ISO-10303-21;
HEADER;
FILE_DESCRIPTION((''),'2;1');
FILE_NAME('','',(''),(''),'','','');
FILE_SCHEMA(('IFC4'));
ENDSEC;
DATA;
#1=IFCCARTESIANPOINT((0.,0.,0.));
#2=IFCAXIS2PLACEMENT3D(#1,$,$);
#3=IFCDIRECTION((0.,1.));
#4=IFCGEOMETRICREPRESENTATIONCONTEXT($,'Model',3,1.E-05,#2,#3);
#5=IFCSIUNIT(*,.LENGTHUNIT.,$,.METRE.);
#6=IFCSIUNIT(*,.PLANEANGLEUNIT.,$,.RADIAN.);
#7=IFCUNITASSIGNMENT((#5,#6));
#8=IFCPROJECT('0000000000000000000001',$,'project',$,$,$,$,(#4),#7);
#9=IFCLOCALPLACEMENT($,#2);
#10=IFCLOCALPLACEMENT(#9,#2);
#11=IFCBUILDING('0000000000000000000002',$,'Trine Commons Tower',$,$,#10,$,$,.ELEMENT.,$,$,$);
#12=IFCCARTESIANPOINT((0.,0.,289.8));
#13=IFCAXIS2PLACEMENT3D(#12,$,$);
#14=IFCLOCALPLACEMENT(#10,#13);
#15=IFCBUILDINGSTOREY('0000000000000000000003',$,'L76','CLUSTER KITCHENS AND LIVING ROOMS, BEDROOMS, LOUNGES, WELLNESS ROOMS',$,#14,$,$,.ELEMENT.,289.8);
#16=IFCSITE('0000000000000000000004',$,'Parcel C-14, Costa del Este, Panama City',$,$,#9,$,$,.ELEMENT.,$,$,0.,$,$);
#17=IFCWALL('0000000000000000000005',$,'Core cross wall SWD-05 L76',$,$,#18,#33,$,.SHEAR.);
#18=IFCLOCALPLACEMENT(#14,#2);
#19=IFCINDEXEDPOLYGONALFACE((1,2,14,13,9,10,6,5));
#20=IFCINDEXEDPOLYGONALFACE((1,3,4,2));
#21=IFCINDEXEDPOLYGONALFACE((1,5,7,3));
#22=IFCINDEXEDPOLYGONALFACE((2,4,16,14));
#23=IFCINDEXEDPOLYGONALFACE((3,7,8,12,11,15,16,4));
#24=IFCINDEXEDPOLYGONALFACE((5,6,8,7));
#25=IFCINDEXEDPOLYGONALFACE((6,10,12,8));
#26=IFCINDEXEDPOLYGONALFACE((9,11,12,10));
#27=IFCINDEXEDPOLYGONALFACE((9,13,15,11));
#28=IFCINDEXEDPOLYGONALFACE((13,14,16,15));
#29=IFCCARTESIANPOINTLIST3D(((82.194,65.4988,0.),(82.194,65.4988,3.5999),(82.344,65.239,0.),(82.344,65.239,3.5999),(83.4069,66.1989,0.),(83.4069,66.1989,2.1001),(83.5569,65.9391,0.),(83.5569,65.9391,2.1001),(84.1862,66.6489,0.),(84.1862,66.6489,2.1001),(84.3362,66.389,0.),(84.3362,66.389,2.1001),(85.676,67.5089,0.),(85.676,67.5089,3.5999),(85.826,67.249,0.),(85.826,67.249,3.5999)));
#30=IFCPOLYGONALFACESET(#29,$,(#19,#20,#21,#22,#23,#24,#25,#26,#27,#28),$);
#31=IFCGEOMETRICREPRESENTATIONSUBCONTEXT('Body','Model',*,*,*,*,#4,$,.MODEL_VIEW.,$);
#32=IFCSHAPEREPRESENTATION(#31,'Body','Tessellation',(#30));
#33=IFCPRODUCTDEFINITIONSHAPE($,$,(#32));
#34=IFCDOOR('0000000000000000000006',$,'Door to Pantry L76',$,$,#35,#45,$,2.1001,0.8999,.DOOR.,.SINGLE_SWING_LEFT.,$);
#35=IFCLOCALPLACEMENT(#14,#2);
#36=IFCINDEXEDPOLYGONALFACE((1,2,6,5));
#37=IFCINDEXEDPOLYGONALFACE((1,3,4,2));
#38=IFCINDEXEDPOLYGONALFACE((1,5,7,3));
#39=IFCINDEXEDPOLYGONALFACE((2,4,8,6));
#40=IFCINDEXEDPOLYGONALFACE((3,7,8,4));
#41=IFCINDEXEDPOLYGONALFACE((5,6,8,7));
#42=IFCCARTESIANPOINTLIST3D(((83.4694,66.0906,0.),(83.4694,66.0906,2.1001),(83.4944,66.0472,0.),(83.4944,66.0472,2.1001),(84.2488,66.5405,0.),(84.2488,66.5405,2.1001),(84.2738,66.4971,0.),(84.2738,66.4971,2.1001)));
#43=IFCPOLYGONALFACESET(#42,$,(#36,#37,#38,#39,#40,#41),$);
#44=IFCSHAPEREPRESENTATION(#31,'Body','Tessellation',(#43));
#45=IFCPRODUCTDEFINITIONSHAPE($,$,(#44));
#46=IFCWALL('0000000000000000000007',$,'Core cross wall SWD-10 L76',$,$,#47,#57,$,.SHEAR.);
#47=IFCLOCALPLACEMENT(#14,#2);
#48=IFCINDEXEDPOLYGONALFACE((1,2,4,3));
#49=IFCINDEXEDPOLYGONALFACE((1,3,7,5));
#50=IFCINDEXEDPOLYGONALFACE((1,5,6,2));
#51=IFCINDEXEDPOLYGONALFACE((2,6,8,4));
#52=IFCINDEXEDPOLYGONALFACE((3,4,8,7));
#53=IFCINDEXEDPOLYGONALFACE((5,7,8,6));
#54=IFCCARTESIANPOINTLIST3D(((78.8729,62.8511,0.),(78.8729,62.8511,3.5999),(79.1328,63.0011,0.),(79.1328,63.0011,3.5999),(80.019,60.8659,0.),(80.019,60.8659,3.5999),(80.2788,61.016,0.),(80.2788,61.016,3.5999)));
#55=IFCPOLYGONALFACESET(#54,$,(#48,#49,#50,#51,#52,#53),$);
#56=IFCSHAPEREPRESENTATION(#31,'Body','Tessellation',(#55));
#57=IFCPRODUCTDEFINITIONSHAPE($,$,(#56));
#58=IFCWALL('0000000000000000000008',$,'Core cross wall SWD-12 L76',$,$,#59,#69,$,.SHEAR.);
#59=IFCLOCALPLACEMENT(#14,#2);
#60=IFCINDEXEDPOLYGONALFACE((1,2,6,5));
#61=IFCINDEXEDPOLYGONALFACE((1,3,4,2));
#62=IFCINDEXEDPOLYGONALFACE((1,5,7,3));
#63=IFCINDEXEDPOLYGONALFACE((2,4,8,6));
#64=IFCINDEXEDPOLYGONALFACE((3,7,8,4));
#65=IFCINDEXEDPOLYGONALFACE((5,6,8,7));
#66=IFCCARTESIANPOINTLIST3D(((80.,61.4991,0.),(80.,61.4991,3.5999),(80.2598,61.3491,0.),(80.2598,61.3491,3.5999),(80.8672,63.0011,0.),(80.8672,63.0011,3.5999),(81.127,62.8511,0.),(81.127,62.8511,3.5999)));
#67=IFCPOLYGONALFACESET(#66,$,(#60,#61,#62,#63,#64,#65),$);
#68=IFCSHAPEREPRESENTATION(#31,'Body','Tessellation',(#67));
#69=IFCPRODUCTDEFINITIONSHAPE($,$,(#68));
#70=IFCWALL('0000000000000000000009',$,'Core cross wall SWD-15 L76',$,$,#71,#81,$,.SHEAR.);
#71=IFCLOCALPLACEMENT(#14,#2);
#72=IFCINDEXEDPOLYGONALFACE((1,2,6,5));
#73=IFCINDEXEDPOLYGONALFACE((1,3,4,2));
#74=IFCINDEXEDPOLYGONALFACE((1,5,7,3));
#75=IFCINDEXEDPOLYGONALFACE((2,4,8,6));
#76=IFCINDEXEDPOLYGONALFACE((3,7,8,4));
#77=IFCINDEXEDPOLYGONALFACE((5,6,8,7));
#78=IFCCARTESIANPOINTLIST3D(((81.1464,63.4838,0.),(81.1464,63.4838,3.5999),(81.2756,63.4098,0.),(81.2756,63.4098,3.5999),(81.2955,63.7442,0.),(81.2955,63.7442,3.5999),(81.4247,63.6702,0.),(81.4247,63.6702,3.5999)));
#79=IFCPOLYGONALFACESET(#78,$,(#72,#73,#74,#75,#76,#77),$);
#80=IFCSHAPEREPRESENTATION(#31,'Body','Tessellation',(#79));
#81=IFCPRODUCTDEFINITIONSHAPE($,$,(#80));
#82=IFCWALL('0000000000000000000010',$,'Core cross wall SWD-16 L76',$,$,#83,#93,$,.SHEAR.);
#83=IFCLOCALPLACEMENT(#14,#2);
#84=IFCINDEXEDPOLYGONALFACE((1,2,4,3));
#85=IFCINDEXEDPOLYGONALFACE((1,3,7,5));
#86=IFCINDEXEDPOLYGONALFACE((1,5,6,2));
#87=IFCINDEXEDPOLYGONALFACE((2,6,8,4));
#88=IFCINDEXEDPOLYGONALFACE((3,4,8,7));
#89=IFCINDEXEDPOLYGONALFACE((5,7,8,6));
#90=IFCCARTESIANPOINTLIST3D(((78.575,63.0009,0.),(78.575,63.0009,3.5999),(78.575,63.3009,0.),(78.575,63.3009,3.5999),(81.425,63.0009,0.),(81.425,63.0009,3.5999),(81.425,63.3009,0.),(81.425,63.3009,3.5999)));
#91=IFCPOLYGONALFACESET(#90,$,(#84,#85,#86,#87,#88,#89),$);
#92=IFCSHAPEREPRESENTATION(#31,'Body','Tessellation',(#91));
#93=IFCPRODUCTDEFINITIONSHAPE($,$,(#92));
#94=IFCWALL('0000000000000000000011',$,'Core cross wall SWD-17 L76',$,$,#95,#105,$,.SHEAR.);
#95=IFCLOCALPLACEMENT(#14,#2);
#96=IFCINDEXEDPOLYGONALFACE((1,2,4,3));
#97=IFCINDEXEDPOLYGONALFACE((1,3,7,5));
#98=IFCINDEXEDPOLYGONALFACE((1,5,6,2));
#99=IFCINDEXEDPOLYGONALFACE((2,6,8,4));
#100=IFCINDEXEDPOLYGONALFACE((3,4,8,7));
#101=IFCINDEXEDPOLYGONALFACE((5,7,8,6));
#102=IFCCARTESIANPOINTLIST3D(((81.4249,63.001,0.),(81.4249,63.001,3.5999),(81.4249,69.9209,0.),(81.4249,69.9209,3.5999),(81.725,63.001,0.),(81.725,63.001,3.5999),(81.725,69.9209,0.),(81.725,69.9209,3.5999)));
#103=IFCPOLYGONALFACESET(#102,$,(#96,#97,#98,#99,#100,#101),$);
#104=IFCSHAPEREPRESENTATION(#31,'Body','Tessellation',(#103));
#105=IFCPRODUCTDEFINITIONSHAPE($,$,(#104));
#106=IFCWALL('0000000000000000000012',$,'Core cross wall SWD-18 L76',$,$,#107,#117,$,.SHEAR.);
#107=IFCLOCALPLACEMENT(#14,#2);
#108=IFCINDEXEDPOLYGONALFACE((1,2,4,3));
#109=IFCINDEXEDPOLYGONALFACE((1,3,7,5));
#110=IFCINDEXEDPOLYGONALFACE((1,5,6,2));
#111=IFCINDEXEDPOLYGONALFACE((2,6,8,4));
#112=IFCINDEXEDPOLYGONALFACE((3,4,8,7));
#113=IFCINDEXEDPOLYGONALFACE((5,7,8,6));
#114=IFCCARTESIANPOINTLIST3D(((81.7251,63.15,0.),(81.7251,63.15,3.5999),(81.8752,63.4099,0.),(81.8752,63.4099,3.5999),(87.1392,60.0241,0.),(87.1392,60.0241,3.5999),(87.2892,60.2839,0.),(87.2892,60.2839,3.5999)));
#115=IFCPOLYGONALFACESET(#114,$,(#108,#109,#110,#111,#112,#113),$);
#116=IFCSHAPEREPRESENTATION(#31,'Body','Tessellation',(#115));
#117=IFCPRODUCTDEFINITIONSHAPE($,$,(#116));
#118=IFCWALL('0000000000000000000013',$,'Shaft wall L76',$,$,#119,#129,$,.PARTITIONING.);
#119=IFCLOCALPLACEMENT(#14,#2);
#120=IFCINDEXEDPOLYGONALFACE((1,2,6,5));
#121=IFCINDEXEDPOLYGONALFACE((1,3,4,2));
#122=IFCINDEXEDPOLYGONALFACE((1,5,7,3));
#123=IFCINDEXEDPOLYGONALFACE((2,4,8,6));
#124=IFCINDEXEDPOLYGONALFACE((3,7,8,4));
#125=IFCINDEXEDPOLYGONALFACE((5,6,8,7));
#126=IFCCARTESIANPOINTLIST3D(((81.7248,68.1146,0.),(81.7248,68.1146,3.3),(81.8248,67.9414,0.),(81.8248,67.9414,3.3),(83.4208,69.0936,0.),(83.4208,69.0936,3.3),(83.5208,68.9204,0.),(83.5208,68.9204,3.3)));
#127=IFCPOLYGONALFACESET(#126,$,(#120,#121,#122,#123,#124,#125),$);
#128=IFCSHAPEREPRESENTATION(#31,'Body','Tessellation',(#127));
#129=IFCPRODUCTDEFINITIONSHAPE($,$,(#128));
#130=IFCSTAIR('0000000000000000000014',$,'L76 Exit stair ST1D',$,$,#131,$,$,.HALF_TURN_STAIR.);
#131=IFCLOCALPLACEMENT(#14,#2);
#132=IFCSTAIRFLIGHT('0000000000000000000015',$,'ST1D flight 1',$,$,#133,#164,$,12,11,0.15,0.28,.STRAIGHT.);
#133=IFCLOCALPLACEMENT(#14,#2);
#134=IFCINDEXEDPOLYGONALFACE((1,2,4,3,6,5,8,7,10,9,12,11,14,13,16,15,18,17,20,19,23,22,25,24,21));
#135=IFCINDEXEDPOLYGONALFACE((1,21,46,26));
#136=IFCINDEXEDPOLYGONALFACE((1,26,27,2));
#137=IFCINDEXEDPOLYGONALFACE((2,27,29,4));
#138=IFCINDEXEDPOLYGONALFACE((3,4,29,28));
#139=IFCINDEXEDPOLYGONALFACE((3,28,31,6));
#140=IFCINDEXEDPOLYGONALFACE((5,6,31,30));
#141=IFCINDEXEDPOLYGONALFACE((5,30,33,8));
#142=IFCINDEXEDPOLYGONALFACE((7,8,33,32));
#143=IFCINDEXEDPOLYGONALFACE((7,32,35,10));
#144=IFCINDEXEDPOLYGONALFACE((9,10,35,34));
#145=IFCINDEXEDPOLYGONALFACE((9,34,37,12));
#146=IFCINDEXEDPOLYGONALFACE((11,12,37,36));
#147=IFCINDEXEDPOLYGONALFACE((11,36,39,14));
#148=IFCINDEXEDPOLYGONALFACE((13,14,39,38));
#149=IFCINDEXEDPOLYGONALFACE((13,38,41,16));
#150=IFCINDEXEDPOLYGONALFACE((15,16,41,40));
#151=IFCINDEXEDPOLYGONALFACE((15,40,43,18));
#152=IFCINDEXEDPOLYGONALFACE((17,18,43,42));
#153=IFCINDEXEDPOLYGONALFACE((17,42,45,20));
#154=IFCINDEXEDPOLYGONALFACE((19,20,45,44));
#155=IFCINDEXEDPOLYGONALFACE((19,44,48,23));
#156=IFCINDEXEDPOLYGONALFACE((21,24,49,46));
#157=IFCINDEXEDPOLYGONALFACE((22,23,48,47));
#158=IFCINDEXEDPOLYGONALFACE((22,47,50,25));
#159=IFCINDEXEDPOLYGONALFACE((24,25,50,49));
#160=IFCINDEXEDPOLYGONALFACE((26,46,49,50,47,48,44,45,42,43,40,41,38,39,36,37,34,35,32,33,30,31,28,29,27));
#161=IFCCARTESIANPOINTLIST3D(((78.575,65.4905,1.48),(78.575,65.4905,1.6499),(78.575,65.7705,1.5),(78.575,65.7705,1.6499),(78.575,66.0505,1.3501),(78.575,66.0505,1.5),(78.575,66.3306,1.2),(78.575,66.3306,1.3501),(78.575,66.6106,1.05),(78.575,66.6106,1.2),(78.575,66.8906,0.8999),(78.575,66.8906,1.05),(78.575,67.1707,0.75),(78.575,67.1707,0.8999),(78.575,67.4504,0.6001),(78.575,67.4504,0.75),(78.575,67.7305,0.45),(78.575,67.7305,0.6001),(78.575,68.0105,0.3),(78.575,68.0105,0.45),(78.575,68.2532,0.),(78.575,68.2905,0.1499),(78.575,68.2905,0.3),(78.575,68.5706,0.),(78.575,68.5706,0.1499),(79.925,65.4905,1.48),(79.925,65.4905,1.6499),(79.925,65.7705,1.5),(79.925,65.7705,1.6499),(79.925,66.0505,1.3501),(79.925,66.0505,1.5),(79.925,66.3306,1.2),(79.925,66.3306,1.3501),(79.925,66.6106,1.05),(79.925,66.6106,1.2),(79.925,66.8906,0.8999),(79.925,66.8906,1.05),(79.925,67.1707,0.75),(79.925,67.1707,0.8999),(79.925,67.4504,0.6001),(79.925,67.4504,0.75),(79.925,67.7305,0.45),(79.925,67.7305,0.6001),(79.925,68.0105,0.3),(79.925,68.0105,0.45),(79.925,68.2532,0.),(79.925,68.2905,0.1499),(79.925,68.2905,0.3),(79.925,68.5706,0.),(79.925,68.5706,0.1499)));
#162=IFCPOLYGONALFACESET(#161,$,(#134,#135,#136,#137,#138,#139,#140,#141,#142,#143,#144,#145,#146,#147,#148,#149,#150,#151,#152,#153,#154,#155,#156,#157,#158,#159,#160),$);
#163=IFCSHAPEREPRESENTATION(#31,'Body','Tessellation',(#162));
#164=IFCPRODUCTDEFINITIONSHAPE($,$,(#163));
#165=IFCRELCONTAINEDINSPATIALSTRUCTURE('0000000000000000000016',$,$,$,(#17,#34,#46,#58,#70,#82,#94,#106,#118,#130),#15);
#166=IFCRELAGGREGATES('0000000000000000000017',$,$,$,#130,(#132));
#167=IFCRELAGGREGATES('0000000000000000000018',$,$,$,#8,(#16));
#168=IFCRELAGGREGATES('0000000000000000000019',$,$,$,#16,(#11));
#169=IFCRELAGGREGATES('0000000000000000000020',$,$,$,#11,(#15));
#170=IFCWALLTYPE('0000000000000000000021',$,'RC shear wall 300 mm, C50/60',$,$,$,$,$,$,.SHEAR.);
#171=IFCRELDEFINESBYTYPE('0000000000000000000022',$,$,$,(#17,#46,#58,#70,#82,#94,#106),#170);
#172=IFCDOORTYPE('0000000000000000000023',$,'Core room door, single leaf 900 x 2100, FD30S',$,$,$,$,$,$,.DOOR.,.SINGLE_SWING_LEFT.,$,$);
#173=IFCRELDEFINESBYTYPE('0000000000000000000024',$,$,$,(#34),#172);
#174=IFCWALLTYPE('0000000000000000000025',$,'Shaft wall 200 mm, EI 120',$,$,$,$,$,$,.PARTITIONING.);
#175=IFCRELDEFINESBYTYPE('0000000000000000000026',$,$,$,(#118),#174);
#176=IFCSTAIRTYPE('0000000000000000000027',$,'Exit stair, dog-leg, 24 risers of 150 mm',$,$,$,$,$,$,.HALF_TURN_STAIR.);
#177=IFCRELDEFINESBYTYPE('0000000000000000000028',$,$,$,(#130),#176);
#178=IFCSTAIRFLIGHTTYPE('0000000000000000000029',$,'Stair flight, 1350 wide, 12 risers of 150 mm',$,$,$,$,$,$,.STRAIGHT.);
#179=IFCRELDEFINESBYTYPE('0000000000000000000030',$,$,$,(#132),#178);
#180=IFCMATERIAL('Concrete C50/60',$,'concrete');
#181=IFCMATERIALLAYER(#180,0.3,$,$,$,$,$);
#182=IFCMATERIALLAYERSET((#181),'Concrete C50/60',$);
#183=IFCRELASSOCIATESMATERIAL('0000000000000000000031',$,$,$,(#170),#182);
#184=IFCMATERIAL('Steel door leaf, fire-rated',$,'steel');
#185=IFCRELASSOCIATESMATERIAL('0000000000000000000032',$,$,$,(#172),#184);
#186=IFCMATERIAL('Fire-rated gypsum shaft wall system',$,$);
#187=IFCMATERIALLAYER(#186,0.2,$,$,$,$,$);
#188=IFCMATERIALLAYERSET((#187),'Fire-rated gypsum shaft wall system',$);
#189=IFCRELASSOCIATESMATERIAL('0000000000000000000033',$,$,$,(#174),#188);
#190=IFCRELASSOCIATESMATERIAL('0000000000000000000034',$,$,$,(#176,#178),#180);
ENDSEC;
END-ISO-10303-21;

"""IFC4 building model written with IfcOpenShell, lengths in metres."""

from ifc_helpers import new_model, si_unit, direction, frame, frame_2d, origin, place, context, subcontext, project, spatial, polyline, rectangle, outline, extrude, material, layer, layer_set, type_object, element, fill, aggregate, save


model = new_model("IFC4")

# Units and contexts
model_context = context("Model", 3, precision=1e-05, world=origin(), true_north=direction((0.0, 1.0)))
body_context = subcontext(model_context, "Body", "Model", "MODEL_VIEW")
ifc_project = project(units=[si_unit("LENGTHUNIT", "METRE"), si_unit("PLANEANGLEUNIT", "RADIAN")], contexts=[model_context])

# Site, building, storey
site_placement = place(None, origin())
site = spatial("IfcSite", under=ifc_project, at=site_placement, Name="Parcel C-14, Costa del Este, Panama City", CompositionType="ELEMENT", RefElevation=0.0)
building_placement = place(site_placement, origin())
building = spatial("IfcBuilding", under=site, at=building_placement, Name="Trine Commons Tower", CompositionType="ELEMENT")
storey_placement = place(building_placement, frame((0.0, 0.0, 289.8)))
storey = spatial("IfcBuildingStorey", under=building, at=storey_placement, Name="L76", Description="CLUSTER KITCHENS AND LIVING ROOMS, BEDROOMS, LOUNGES, WELLNESS ROOMS", CompositionType="ELEMENT", Elevation=289.8)

# Wall, opening, door
ifc_material_1 = material(Name="Concrete C50/60", Category="concrete")
ifc_layer_1 = layer(ifc_material_1, 0.3)
ifc_layer_set_1 = layer_set([ifc_layer_1], Name="Concrete C50/60")
wall_type_1 = type_object("IfcWallType", Name="RC shear wall 300 mm, C50/60", PredefinedType="SHEAR", material=ifc_layer_set_1)
wall_1_placement = place(storey_placement, frame((82.269, 65.3689, 0.0), z_axis=(0.0, 0.0, 1.0), x_axis=(0.866056, 0.499947, 0.0)))
wall_1 = element("IfcWall", 1, at=wall_1_placement, inside=storey, type_object=wall_type_1, Name="Core cross wall SWD-05 L76", PredefinedType="SHEAR", context=body_context, shape_type="SweptSolid", body=[
    extrude(rectangle(XDim=4.0205, YDim=0.3, at=frame_2d((2.0103, 0.0))), origin(), (0.0, 0.0, 1.0), 3.5999),
])
opening_placement = place(wall_1_placement, frame((1.4004, 0.0, 0.0)))
opening = element("IfcOpeningElement", 2, at=opening_placement, cuts=wall_1, PredefinedType="OPENING", context=body_context, shape_type="SweptSolid", body=[
    extrude(rectangle(XDim=0.8999, YDim=2.1001, at=frame_2d((0.45, 1.05))), frame((0.0, 0.1599, 0.0), z_axis=(0.0, -1.0, 0.0), x_axis=(1.0, 0.0, 0.0)), (0.0, 0.0, 1.0), 0.3201),
])
ifc_material_2 = material(Name="Steel door leaf, fire-rated", Category="steel")
door_type = type_object("IfcDoorType", Name="Core room door, single leaf 900 x 2100, FD30S", OperationType="SINGLE_SWING_LEFT", PredefinedType="DOOR", material=ifc_material_2)
door_placement = place(opening_placement, origin())
door = element("IfcDoor", 3, at=door_placement, inside=storey, type_object=door_type, Name="Door to Pantry L76", OperationType="SINGLE_SWING_LEFT", OverallHeight=2.1001, OverallWidth=0.8999, PredefinedType="DOOR", context=body_context, shape_type="SweptSolid", body=[
    extrude(rectangle(XDim=0.8999, YDim=2.1001, at=frame_2d((0.45, 1.05))), frame((0.0, 0.0249, 0.0), z_axis=(0.0, -1.0, 0.0), x_axis=(1.0, 0.0, 0.0)), (0.0, 0.0, 1.0), 0.05),
])
fill(opening, door)

# Walls
wall_2_placement = place(storey_placement, frame((79.0029, 62.926, 0.0), z_axis=(0.0, 0.0, 1.0), x_axis=(0.499965, -0.866045, 0.0)))
element("IfcWall", 4, at=wall_2_placement, inside=storey, type_object=wall_type_1, Name="Core cross wall SWD-10 L76", PredefinedType="SHEAR", context=body_context, shape_type="SweptSolid", body=[
    extrude(rectangle(XDim=2.2922, YDim=0.3, at=frame_2d((1.146, 0.0))), origin(), (0.0, 0.0, 1.0), 3.5999),
])
wall_3_placement = place(storey_placement, frame((80.1299, 61.4241, 0.0), z_axis=(0.0, 0.0, 1.0), x_axis=(0.500015, 0.866017, 0.0)))
element("IfcWall", 5, at=wall_3_placement, inside=storey, type_object=wall_type_1, Name="Core cross wall SWD-12 L76", PredefinedType="SHEAR", context=body_context, shape_type="SweptSolid", body=[
    extrude(rectangle(XDim=1.7344, YDim=0.3, at=frame_2d((0.8672, 0.0))), origin(), (0.0, 0.0, 1.0), 3.5999),
])
wall_4_placement = place(storey_placement, frame((81.2209, 63.614, 0.0), z_axis=(0.0, 0.0, 1.0), x_axis=(0.867738, -0.497022, 0.0)))
element("IfcWall", 6, at=wall_4_placement, inside=storey, type_object=wall_type_1, Name="Core cross wall SWD-15 L76", PredefinedType="SHEAR", context=body_context, shape_type="SweptSolid", body=[
    extrude(rectangle(XDim=0.1489, YDim=0.3, at=frame_2d((0.0745, 0.0))), origin(), (0.0, 0.0, 1.0), 3.5999),
])
wall_5_placement = place(storey_placement, frame((81.425, 63.1509, 0.0), z_axis=(0.0, 0.0, 1.0), x_axis=(-1.0, 0.0, 0.0)))
element("IfcWall", 7, at=wall_5_placement, inside=storey, type_object=wall_type_1, Name="Core cross wall SWD-16 L76", PredefinedType="SHEAR", context=body_context, shape_type="SweptSolid", body=[
    extrude(rectangle(XDim=2.8501, YDim=0.3, at=frame_2d((1.425, 0.0))), origin(), (0.0, 0.0, 1.0), 3.5999),
])
wall_6_placement = place(storey_placement, frame((81.575, 63.001, 0.0), z_axis=(0.0, 0.0, 1.0), x_axis=(0.0, 1.0, 0.0)))
element("IfcWall", 8, at=wall_6_placement, inside=storey, type_object=wall_type_1, Name="Core cross wall SWD-17 L76", PredefinedType="SHEAR", context=body_context, shape_type="SweptSolid", body=[
    extrude(rectangle(XDim=6.9199, YDim=0.3, at=frame_2d((3.46, 0.0))), origin(), (0.0, 0.0, 1.0), 3.5999),
])
wall_7_placement = place(storey_placement, frame((81.8, 63.28, 0.0), z_axis=(0.0, 0.0, 1.0), x_axis=(0.866014, -0.50002, 0.0)))
element("IfcWall", 9, at=wall_7_placement, inside=storey, type_object=wall_type_1, Name="Core cross wall SWD-18 L76", PredefinedType="SHEAR", context=body_context, shape_type="SweptSolid", body=[
    extrude(rectangle(XDim=6.2517, YDim=0.3, at=frame_2d((3.126, 0.0))), origin(), (0.0, 0.0, 1.0), 3.5999),
])
ifc_material_3 = material(Name="Fire-rated gypsum shaft wall system")
ifc_layer_2 = layer(ifc_material_3, 0.2)
ifc_layer_set_2 = layer_set([ifc_layer_2], Name="Fire-rated gypsum shaft wall system")
wall_type_2 = type_object("IfcWallType", Name="Shaft wall 200 mm, EI 120", PredefinedType="PARTITIONING", material=ifc_layer_set_2)
wall_8_placement = place(storey_placement, frame((81.7749, 68.0281, 0.0), z_axis=(0.0, 0.0, 1.0), x_axis=(0.866071, 0.49992, 0.0)))
element("IfcWall", 10, at=wall_8_placement, inside=storey, type_object=wall_type_2, Name="Shaft wall L76", PredefinedType="PARTITIONING", context=body_context, shape_type="SweptSolid", body=[
    extrude(rectangle(XDim=1.9583, YDim=0.2, at=frame_2d((0.979, 0.0))), origin(), (0.0, 0.0, 1.0), 3.3),
])

# Stair, stair flight
stair_type = type_object("IfcStairType", Name="Exit stair, dog-leg, 24 risers of 150 mm", PredefinedType="HALF_TURN_STAIR", material=ifc_material_1)
stair_placement = place(storey_placement, origin())
stair = element("IfcStair", 11, at=stair_placement, inside=storey, type_object=stair_type, Name="L76 Exit stair ST1D", PredefinedType="HALF_TURN_STAIR")
stair_flight_type = type_object("IfcStairFlightType", Name="Stair flight, 1350 wide, 12 risers of 150 mm", PredefinedType="STRAIGHT", material=ifc_material_1)
stair_flight_1_placement = place(storey_placement, frame((79.25, 68.5706, 0.0), z_axis=(0.0, 0.0, 1.0), x_axis=(0.0, -1.0, 0.0)))
stair_flight_1 = element("IfcStairFlight", 12, at=stair_flight_1_placement, type_object=stair_flight_type, Name="ST1D flight 1", NumberOfRisers=12, NumberOfTreads=11, PredefinedType="STRAIGHT", RiserHeight=0.15, TreadLength=0.28, context=body_context, shape_type="SweptSolid", body=[
    extrude(outline(polyline([(0.0, 0.0), (0.0, 0.1499), (0.28, 0.1499), (0.28, 0.3), (0.5601, 0.3), (0.5601, 0.45), (0.8401, 0.45), (0.8401, 0.6001), (1.1201, 0.6001), (1.1201, 0.75), (1.3999, 0.75), (1.3999, 0.8999), (1.6799, 0.8999), (1.6799, 1.05), (1.96, 1.05), (1.96, 1.2), (2.24, 1.2), (2.24, 1.3501), (2.52, 1.3501), (2.52, 1.5), (2.8, 1.5), (2.8, 1.6499), (3.0801, 1.6499), (3.0801, 1.8), (3.0801, 1.48), (0.3174, 0.0), (0.0, 0.0)])), frame((0.0, 0.675, 0.0), z_axis=(0.0, -1.0, 0.0), x_axis=(1.0, 0.0, 0.0)), (0.0, 0.0, 1.0), 1.3501),
])
aggregate(stair, [stair_flight_1])

save(model, "model.ifc")
